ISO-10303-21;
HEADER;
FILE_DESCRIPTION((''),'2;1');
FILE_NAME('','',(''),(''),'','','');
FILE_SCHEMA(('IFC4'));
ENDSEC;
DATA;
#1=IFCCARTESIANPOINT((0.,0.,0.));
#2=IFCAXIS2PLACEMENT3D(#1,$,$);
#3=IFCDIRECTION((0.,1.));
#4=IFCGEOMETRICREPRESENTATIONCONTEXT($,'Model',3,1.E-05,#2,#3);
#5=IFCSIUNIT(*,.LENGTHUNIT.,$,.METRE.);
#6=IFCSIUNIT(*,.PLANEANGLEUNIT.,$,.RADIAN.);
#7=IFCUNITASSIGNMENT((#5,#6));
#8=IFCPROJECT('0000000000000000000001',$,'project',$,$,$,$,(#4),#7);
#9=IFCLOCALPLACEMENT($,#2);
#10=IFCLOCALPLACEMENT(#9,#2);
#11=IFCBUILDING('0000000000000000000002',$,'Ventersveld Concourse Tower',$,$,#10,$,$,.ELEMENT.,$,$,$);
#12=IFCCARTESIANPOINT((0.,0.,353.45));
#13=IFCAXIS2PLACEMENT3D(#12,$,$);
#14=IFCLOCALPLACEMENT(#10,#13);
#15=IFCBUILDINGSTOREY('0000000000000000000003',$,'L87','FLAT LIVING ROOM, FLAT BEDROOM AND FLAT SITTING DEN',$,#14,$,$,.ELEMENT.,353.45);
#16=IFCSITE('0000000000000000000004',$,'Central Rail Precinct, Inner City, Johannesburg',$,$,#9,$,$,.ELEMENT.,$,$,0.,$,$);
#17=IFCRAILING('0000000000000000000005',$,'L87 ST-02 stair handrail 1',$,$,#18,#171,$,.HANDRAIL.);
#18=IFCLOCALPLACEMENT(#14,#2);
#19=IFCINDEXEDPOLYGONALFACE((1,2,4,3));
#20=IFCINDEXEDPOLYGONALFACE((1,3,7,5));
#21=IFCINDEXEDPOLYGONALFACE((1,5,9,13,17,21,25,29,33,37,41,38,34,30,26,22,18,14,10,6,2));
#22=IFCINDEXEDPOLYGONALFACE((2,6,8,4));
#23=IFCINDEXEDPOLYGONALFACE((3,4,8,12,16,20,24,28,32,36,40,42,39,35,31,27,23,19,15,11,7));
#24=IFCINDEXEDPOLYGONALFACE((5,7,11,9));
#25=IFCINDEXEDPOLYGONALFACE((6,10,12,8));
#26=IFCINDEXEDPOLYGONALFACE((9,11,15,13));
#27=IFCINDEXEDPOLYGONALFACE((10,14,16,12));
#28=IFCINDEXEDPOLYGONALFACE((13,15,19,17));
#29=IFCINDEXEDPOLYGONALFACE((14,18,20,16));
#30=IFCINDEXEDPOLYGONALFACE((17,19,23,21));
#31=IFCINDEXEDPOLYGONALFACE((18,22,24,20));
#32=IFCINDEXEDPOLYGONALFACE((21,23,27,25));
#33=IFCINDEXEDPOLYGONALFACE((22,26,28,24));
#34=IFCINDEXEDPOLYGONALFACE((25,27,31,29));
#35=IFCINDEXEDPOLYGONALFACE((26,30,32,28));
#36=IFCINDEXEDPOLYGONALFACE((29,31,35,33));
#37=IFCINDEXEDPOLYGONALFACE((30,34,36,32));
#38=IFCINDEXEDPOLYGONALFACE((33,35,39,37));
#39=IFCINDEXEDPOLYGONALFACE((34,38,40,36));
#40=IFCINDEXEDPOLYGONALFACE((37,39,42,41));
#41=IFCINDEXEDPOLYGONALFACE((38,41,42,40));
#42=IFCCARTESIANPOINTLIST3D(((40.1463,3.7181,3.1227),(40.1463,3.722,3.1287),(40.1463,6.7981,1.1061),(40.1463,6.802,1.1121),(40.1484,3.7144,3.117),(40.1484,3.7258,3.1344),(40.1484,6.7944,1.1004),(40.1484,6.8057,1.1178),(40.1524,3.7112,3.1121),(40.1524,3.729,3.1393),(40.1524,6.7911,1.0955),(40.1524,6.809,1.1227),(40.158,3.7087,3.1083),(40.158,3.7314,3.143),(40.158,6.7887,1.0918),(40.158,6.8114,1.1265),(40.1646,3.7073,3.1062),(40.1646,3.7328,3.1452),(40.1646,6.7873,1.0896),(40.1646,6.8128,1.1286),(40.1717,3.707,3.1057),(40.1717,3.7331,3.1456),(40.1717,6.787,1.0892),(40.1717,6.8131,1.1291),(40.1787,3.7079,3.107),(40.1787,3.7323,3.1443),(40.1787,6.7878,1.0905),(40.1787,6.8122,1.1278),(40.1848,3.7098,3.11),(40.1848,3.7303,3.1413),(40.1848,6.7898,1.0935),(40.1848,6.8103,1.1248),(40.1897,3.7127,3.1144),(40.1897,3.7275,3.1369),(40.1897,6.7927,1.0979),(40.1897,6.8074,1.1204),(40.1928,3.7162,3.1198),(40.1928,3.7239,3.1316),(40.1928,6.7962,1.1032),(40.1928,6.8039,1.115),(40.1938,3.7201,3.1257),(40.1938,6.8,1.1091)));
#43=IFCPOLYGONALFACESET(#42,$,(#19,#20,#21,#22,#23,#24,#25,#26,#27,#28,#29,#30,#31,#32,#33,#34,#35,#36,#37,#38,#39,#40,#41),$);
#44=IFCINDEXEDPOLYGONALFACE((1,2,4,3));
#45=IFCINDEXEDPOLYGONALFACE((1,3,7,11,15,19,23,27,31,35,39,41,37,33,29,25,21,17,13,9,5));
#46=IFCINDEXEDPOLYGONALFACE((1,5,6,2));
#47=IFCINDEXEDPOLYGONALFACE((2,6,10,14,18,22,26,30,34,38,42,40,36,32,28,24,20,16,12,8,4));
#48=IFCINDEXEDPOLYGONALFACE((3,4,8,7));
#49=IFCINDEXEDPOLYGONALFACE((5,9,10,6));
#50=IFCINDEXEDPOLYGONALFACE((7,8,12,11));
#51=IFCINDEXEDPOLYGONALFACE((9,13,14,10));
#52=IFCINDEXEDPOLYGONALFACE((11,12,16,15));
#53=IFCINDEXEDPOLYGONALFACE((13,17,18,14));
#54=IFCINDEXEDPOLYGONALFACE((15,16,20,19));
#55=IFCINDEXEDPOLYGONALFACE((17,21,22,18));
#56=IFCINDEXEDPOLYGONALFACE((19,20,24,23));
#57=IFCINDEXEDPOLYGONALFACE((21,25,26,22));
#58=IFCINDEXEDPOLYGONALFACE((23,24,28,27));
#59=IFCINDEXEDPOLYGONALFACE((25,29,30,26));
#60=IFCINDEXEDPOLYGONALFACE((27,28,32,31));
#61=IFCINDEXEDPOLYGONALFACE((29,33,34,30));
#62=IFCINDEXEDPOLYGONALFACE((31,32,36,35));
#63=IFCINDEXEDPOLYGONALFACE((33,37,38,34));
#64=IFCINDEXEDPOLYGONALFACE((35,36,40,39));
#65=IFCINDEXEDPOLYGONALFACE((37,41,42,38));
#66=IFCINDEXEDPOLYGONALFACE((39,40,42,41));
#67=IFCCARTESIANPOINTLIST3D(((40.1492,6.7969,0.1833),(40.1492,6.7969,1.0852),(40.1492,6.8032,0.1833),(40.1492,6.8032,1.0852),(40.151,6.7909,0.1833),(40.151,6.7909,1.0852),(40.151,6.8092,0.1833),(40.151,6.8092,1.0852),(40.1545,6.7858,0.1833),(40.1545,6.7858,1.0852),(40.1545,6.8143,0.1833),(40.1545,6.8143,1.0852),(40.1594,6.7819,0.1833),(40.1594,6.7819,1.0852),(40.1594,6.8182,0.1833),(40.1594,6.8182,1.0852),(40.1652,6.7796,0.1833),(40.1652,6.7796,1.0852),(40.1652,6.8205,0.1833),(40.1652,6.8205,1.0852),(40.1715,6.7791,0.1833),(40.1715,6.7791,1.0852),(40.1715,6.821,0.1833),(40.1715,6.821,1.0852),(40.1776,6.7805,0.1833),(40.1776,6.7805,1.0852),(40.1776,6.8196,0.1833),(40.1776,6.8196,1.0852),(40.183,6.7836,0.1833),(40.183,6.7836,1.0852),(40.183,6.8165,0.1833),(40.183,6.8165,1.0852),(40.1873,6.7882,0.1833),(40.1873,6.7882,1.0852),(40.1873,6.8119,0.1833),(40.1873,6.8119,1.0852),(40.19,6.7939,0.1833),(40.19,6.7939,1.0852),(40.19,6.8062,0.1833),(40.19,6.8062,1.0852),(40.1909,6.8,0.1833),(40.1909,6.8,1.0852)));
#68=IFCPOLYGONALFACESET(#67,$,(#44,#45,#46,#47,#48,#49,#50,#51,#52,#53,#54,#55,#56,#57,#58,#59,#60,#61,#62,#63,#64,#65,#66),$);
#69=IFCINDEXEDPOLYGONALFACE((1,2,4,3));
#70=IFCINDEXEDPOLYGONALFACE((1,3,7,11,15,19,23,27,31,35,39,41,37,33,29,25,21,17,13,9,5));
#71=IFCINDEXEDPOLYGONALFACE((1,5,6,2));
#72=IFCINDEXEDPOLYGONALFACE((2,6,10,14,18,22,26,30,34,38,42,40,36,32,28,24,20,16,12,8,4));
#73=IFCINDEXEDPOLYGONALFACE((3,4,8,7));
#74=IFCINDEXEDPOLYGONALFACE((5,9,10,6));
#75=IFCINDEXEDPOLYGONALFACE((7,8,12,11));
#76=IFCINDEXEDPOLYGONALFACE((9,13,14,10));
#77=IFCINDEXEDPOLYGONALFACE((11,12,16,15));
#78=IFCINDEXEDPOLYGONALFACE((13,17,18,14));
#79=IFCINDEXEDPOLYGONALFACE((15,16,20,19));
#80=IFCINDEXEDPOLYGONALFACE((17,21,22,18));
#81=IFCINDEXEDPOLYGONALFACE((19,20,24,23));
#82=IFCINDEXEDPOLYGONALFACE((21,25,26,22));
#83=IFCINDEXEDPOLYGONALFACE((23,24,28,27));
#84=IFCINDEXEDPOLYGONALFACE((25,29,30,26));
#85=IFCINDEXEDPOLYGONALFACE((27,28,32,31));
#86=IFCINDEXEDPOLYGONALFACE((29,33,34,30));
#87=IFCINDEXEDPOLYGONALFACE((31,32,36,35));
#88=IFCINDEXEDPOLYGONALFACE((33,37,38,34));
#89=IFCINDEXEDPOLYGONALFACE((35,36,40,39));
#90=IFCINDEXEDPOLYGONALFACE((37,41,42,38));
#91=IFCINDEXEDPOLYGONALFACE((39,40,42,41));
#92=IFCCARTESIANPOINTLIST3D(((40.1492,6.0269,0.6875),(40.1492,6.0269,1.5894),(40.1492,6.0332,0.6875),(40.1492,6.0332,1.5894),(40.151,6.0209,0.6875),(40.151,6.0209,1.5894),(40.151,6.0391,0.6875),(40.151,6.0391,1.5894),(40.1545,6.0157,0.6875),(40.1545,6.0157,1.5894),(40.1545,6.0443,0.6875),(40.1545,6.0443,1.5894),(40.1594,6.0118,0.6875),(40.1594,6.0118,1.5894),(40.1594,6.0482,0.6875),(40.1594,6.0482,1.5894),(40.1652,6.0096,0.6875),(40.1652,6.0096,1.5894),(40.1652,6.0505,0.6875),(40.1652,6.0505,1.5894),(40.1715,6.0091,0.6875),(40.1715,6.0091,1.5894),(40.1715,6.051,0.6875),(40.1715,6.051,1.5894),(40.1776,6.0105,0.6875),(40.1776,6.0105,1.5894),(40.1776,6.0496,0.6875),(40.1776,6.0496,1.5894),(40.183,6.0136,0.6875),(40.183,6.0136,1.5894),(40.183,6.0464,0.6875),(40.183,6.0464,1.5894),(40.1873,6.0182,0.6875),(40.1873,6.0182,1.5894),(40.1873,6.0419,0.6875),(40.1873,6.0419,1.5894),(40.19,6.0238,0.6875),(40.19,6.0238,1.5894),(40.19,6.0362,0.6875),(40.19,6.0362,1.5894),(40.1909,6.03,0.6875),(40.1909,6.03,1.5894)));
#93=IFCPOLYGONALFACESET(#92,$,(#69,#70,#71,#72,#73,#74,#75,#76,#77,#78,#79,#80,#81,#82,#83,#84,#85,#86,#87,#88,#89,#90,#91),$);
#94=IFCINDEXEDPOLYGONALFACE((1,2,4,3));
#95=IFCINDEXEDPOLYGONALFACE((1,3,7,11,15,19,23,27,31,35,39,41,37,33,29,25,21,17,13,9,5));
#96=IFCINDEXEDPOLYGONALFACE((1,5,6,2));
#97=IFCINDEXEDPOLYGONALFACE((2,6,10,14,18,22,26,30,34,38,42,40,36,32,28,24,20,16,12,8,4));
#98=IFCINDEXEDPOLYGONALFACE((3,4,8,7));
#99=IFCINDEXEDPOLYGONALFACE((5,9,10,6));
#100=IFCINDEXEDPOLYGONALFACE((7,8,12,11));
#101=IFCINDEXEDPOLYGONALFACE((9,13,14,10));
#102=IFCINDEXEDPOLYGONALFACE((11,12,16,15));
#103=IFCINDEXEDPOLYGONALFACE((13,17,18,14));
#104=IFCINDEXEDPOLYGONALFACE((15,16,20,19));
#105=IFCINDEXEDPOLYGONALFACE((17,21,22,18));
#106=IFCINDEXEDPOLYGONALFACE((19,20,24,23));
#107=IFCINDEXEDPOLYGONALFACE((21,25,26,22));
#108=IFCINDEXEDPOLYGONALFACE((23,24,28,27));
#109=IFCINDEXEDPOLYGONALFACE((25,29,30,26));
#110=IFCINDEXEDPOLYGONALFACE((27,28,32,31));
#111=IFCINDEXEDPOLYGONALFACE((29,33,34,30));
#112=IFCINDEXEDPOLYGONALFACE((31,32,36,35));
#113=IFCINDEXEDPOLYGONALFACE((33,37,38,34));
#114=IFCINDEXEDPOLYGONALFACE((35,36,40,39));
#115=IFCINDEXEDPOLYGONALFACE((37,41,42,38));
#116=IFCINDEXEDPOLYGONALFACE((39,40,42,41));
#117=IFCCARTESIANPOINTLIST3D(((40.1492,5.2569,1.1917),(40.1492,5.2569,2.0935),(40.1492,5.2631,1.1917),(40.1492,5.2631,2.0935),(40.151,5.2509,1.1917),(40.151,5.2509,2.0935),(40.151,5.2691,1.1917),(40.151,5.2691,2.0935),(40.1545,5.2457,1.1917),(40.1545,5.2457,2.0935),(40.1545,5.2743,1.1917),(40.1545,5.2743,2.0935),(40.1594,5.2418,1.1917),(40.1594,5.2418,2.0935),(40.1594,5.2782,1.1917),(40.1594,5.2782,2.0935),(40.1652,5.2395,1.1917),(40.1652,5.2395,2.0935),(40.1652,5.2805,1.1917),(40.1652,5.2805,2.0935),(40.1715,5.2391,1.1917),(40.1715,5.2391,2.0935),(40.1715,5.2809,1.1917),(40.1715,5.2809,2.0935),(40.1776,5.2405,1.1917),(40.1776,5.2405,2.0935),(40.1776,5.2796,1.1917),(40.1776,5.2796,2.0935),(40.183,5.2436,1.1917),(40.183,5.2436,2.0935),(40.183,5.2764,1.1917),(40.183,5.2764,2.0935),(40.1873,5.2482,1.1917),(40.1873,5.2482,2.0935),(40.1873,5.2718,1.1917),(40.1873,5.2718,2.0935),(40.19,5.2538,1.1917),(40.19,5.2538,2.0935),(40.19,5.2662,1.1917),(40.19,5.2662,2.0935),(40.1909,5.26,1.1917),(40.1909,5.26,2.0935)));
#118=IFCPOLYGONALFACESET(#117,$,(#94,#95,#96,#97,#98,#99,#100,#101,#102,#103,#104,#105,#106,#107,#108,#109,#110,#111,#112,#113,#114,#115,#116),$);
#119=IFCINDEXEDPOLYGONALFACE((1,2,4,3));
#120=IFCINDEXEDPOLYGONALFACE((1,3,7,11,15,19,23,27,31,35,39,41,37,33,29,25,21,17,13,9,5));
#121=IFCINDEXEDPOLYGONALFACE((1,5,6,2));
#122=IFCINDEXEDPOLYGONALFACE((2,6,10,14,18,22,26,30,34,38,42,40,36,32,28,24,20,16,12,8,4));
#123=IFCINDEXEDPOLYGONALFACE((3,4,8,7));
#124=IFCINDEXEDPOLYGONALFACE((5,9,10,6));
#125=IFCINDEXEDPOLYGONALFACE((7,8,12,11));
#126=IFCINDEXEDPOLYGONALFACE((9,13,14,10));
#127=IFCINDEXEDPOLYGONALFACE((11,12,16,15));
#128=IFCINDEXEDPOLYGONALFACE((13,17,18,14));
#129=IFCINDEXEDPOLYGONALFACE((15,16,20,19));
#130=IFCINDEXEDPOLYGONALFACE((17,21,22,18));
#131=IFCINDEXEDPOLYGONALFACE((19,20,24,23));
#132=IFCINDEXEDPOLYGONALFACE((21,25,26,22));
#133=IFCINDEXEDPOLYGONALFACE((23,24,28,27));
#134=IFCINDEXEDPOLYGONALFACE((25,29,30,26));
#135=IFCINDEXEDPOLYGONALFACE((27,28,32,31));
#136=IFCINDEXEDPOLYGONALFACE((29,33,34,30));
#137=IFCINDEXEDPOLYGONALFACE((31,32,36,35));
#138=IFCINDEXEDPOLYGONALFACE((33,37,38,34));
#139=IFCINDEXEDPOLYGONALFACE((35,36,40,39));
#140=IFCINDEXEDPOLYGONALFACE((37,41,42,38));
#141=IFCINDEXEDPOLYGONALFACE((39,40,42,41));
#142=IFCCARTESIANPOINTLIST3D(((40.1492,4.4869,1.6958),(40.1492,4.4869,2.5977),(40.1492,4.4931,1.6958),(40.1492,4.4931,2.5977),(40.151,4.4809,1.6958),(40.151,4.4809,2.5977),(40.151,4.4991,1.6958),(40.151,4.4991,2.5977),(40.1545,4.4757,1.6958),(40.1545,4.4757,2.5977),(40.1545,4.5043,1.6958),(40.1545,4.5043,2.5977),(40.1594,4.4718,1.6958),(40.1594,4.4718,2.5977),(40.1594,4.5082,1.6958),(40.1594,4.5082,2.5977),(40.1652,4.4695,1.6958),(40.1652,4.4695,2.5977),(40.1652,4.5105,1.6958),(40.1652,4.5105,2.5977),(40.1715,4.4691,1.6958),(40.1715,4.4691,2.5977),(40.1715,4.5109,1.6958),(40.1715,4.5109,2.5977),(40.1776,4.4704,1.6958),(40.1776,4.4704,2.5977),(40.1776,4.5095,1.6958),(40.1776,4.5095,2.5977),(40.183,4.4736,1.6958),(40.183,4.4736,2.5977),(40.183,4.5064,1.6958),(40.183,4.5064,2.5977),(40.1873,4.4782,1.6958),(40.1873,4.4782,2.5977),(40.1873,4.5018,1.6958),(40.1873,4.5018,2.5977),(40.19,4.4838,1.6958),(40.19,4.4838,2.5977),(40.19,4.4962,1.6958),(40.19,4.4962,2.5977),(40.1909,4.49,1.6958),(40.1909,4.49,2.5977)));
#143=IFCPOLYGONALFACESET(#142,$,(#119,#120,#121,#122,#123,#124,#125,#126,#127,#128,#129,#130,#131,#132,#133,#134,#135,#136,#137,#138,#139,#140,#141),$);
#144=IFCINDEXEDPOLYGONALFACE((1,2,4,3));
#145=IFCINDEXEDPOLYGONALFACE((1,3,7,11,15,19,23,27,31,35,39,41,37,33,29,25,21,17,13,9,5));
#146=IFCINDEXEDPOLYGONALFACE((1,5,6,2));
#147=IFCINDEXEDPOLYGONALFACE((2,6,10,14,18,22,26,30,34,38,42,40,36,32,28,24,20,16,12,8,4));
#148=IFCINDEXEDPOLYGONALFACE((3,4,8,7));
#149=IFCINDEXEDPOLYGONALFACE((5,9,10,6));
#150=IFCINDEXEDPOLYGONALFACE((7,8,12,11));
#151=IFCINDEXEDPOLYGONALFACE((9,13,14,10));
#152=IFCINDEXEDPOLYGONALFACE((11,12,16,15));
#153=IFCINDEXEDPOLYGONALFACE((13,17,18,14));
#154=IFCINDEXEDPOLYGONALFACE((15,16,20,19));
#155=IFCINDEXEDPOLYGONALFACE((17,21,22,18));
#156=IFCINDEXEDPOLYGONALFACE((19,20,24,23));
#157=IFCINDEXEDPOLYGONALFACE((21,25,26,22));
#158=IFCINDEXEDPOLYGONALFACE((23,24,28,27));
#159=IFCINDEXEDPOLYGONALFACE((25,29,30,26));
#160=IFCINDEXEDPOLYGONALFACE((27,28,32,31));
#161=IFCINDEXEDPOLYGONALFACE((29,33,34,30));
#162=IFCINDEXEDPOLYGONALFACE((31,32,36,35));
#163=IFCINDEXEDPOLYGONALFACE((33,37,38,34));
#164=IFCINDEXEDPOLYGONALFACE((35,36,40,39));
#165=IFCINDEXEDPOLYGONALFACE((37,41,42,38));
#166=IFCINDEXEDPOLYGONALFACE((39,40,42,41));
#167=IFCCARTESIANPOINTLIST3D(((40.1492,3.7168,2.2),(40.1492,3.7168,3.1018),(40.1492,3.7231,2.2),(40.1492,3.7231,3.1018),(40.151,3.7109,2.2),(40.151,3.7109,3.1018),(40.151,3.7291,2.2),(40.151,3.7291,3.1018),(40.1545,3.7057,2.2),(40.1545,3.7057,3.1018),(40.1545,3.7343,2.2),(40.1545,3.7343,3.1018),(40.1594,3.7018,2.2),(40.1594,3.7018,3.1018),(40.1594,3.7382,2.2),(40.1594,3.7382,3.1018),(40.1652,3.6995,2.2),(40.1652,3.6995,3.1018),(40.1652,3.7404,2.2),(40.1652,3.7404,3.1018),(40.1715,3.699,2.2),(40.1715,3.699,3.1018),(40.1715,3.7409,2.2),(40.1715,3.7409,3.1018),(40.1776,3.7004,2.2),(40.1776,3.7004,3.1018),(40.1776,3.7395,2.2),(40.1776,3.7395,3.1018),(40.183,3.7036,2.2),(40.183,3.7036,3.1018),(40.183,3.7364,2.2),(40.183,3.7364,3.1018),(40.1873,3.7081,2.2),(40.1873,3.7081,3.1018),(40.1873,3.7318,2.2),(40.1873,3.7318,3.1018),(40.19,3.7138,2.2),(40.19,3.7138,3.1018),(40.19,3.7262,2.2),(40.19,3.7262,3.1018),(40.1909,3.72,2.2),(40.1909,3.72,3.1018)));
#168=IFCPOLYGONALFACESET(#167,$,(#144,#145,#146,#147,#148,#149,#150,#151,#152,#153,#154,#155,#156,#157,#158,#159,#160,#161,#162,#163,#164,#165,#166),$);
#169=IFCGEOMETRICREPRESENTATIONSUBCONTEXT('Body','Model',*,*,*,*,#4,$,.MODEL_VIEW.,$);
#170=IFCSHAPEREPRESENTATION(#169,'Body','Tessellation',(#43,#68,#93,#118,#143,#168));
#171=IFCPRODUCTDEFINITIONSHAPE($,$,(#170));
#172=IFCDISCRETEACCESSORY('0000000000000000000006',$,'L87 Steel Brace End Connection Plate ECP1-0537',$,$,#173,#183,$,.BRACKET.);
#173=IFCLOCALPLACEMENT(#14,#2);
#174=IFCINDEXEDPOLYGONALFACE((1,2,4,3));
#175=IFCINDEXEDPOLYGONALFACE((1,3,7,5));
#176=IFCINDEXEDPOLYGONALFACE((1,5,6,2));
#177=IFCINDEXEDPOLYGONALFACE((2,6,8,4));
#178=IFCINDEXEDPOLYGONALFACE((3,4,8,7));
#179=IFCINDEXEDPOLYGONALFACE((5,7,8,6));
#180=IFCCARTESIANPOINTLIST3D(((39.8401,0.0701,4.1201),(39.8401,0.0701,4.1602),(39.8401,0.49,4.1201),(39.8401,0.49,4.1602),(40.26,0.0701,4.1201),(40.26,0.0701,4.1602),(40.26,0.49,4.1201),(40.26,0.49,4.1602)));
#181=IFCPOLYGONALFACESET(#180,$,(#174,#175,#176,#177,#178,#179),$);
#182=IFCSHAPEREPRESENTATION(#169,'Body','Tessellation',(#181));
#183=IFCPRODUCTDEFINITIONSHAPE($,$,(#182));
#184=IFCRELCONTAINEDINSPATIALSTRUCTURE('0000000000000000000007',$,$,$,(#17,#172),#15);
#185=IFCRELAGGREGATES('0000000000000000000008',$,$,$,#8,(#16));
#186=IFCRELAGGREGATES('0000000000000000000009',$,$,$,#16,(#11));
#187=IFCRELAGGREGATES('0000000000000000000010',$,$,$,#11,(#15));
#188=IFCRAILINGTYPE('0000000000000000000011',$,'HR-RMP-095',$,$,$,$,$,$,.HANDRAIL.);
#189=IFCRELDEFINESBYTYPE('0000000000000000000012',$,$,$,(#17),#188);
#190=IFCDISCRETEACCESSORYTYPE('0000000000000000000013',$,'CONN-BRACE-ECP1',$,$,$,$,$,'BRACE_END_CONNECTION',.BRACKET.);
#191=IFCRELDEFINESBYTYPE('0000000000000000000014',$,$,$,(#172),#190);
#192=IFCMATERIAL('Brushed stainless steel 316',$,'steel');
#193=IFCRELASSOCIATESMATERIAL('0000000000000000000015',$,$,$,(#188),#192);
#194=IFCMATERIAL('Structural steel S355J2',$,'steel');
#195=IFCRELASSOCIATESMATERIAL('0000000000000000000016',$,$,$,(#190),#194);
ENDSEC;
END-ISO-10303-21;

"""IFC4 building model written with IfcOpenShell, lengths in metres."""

from ifc_helpers import new_model, si_unit, direction, frame, origin, origin_2d, place, context, subcontext, project, spatial, rectangle, circle, extrude, material, type_object, element, save


model = new_model("IFC4")

# Units and contexts
model_context = context("Model", 3, precision=1e-05, world=origin(), true_north=direction((0.0, 1.0)))
body_context = subcontext(model_context, "Body", "Model", "MODEL_VIEW")
ifc_project = project(units=[si_unit("LENGTHUNIT", "METRE"), si_unit("PLANEANGLEUNIT", "RADIAN")], contexts=[model_context])

# Site, building, storey
site_placement = place(None, origin())
site = spatial("IfcSite", under=ifc_project, at=site_placement, Name="Central Rail Precinct, Inner City, Johannesburg", CompositionType="ELEMENT", RefElevation=0.0)
building_placement = place(site_placement, origin())
building = spatial("IfcBuilding", under=site, at=building_placement, Name="Ventersveld Concourse Tower", CompositionType="ELEMENT")
storey_placement = place(building_placement, frame((0.0, 0.0, 353.45)))
storey = spatial("IfcBuildingStorey", under=building, at=storey_placement, Name="L87", Description="FLAT LIVING ROOM, FLAT BEDROOM AND FLAT SITTING DEN", CompositionType="ELEMENT", Elevation=353.45)

# Shared definitions
ifc_material_1 = material(Name="Brushed stainless steel 316", Category="steel")

# Railing
railing_type_1 = type_object("IfcRailingType", Name="HR-RMP-095", PredefinedType="HANDRAIL", material=ifc_material_1)
railing_1_placement = place(storey_placement, frame((40.1699, 6.8, 0.1833)))
element("IfcRailing", 1, at=railing_1_placement, inside=storey, type_object=railing_type_1, Name="L87 ST-02 stair handrail 1", PredefinedType="HANDRAIL", context=body_context, shape_type="SweptSolid", body=[
    extrude(circle(Radius=0.0239, at=origin_2d()), frame((0.0, 0.0, 0.9258), z_axis=(0.0, -0.836633, 0.547764), x_axis=(1.0, 0.0, 0.0)), (0.0, 0.0, 1.0), 3.6814),
    extrude(circle(Radius=0.021, at=origin_2d()), origin(), (0.0, 0.0, 1.0), 0.9019),
    extrude(circle(Radius=0.021, at=origin_2d()), frame((0.0, -0.77, 0.5042)), (0.0, 0.0, 1.0), 0.9019),
    extrude(circle(Radius=0.021, at=origin_2d()), frame((0.0, -1.54, 1.0083)), (0.0, 0.0, 1.0), 0.9019),
    extrude(circle(Radius=0.021, at=origin_2d()), frame((0.0, -2.3101, 1.5125)), (0.0, 0.0, 1.0), 0.9019),
    extrude(circle(Radius=0.021, at=origin_2d()), frame((0.0, -3.0801, 2.0166)), (0.0, 0.0, 1.0), 0.9019),
])

# Discrete accessory
ifc_material_2 = material(Name="Structural steel S355J2", Category="steel")
discrete_accessory_type = type_object("IfcDiscreteAccessoryType", Name="CONN-BRACE-ECP1", ElementType="BRACE_END_CONNECTION", PredefinedType="BRACKET", material=ifc_material_2)
discrete_accessory_placement = place(storey_placement, frame((40.05, 0.28, 4.1201), z_axis=(0.0, 0.0, 1.0), x_axis=(1.0, 0.0, 0.0)))
element("IfcDiscreteAccessory", 2, at=discrete_accessory_placement, inside=storey, type_object=discrete_accessory_type, Name="L87 Steel Brace End Connection Plate ECP1-0537", PredefinedType="BRACKET", context=body_context, shape_type="SweptSolid", body=[
    extrude(rectangle(XDim=0.4199, YDim=0.4199, at=origin_2d()), origin(), (0.0, 0.0, 1.0), 0.04),
])

save(model, "model.ifc")
